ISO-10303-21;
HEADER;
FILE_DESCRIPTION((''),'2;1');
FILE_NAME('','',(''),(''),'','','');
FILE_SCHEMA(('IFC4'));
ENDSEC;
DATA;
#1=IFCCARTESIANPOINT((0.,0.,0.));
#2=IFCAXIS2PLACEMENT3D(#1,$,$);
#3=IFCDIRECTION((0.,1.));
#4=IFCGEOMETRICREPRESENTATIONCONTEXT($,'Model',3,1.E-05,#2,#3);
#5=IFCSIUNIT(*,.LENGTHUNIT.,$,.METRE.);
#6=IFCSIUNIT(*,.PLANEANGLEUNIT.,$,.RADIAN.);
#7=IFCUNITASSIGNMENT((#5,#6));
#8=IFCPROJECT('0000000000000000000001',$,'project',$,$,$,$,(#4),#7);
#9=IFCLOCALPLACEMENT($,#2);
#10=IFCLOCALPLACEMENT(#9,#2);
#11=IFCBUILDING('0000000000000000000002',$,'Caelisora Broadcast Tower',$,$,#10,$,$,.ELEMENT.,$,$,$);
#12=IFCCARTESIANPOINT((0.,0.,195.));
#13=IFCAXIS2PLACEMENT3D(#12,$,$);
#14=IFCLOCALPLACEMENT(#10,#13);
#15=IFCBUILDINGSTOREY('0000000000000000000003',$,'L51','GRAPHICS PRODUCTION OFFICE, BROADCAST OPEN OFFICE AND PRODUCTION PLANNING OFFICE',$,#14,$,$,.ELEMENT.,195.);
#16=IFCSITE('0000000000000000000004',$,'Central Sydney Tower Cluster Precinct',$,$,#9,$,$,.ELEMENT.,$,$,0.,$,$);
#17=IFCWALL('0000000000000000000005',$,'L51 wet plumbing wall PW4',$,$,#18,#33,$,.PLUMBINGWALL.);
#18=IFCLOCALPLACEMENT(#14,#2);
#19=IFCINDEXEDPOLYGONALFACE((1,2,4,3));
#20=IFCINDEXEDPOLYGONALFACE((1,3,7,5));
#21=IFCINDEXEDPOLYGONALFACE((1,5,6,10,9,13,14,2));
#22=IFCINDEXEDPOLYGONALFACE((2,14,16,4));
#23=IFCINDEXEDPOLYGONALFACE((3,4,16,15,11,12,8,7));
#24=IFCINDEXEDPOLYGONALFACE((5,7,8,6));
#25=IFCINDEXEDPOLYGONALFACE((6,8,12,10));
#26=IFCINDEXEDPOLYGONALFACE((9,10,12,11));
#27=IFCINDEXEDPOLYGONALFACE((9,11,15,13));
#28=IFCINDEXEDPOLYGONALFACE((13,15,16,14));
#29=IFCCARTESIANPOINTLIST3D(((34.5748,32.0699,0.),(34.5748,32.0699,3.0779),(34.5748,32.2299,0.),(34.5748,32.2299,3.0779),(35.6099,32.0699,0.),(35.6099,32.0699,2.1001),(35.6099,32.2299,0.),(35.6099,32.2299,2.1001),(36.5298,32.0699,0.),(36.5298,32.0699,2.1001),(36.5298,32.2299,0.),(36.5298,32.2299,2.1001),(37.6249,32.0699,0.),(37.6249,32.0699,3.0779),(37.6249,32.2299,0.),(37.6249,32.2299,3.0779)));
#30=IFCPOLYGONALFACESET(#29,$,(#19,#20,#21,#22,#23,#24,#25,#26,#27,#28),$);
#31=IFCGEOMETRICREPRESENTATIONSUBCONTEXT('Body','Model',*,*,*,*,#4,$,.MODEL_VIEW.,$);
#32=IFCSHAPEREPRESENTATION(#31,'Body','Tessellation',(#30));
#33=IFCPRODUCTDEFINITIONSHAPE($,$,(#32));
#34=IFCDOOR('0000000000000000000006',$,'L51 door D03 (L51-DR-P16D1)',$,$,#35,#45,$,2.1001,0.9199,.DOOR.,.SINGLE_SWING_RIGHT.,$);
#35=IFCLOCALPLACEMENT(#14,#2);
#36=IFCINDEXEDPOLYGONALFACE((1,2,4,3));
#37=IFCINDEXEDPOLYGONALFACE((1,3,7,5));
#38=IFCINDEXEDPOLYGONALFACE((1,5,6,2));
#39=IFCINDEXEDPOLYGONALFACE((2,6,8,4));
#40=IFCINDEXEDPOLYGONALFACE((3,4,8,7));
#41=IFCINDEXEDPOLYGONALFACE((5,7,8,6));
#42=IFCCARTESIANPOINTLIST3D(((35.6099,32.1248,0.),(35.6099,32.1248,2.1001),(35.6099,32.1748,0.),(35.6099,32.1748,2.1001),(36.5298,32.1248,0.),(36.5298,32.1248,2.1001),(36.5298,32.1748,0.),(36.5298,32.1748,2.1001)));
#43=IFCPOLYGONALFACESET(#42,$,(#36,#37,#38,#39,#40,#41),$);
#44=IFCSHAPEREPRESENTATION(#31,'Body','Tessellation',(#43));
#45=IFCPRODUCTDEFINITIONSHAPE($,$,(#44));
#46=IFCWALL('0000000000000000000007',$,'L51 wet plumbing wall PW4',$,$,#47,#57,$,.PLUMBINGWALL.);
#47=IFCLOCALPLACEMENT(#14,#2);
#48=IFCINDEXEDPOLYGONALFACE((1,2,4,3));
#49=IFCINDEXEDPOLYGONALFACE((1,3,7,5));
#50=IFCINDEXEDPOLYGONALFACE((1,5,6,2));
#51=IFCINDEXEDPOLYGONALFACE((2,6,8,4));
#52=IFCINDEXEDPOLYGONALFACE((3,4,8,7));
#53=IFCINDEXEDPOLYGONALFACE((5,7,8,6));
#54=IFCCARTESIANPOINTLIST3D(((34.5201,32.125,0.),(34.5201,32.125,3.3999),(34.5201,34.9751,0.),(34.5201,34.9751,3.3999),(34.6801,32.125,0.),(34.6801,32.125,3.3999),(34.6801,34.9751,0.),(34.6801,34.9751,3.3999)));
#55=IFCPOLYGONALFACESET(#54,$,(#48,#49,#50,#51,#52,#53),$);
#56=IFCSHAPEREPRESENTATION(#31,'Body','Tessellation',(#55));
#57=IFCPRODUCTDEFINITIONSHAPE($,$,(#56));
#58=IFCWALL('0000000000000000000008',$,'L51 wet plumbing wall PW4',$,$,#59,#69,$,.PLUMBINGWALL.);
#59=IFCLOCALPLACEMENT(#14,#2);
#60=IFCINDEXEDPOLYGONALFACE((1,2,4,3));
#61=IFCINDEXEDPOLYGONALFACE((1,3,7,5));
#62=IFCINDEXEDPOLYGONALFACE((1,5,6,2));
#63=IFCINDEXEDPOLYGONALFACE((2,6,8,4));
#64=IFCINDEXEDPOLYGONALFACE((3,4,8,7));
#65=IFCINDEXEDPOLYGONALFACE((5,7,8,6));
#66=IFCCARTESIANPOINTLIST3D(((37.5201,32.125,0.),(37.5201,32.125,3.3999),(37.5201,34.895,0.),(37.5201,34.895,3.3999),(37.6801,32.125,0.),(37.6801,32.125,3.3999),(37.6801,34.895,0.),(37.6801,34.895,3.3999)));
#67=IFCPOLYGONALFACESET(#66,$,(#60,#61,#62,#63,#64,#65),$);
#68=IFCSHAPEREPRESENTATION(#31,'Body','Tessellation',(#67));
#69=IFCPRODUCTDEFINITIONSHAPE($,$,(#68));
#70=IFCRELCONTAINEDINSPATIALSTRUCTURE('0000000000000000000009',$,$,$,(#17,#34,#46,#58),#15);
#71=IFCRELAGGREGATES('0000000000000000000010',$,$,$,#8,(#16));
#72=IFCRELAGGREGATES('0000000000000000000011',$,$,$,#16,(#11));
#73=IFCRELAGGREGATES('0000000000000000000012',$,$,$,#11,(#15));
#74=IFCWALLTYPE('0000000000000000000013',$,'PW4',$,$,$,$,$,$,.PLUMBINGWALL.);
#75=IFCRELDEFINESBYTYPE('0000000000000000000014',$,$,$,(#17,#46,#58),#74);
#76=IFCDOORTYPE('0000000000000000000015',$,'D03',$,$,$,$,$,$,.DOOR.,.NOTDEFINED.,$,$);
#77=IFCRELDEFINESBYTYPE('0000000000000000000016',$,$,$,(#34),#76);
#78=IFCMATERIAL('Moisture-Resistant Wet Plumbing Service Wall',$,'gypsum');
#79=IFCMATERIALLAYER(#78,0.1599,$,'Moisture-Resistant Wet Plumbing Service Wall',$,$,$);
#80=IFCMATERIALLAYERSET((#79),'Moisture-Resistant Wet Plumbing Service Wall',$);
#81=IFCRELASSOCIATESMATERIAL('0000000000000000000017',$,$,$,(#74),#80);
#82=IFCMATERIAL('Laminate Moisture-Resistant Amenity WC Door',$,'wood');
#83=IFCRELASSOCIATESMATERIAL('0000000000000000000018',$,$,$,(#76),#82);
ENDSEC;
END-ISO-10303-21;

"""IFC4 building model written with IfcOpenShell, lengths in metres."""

from ifc_helpers import new_model, si_unit, direction, frame, frame_2d, origin, place, context, subcontext, project, spatial, rectangle, extrude, material, layer, layer_set, type_object, element, fill, save


model = new_model("IFC4")

# Units and contexts
model_context = context("Model", 3, precision=1e-05, world=origin(), true_north=direction((0.0, 1.0)))
body_context = subcontext(model_context, "Body", "Model", "MODEL_VIEW")
ifc_project = project(units=[si_unit("LENGTHUNIT", "METRE"), si_unit("PLANEANGLEUNIT", "RADIAN")], contexts=[model_context])

# Site, building, storey
site_placement = place(None, origin())
site = spatial("IfcSite", under=ifc_project, at=site_placement, Name="Central Sydney Tower Cluster Precinct", CompositionType="ELEMENT", RefElevation=0.0)
building_placement = place(site_placement, origin())
building = spatial("IfcBuilding", under=site, at=building_placement, Name="Caelisora Broadcast Tower", CompositionType="ELEMENT")
storey_placement = place(building_placement, frame((0.0, 0.0, 195.0)))
storey = spatial("IfcBuildingStorey", under=building, at=storey_placement, Name="L51", Description="GRAPHICS PRODUCTION OFFICE, BROADCAST OPEN OFFICE AND PRODUCTION PLANNING OFFICE", CompositionType="ELEMENT", Elevation=195.0)

# Wall, opening, door
ifc_material_1 = material(Name="Moisture-Resistant Wet Plumbing Service Wall", Category="gypsum")
ifc_layer_1 = layer(ifc_material_1, 0.1599, Name="Moisture-Resistant Wet Plumbing Service Wall")
ifc_layer_set_1 = layer_set([ifc_layer_1], Name="Moisture-Resistant Wet Plumbing Service Wall")
wall_type_1 = type_object("IfcWallType", Name="PW4", PredefinedType="PLUMBINGWALL", material=ifc_layer_set_1)
wall_1_placement = place(storey_placement, frame((34.575, 32.1499, 0.0), z_axis=(0.0, 0.0, 1.0), x_axis=(1.0, 0.0, 0.0)))
wall_1 = element("IfcWall", 1, at=wall_1_placement, inside=storey, type_object=wall_type_1, Name="L51 wet plumbing wall PW4", PredefinedType="PLUMBINGWALL", context=body_context, shape_type="SweptSolid", body=[
    extrude(rectangle(XDim=3.05, YDim=0.1599, at=frame_2d((1.5249, 0.0))), origin(), (0.0, 0.0, 1.0), 3.0779),
])
opening_1_placement = place(wall_1_placement, frame((1.0349, 0.0, 0.0)))
opening_1 = element("IfcOpeningElement", 2, at=opening_1_placement, cuts=wall_1, PredefinedType="OPENING", context=body_context, shape_type="SweptSolid", body=[
    extrude(rectangle(XDim=0.9199, YDim=2.1001, at=frame_2d((0.46, 1.05))), frame((0.0, 0.092, 0.0), z_axis=(0.0, -1.0, 0.0), x_axis=(1.0, 0.0, 0.0)), (0.0, 0.0, 1.0), 0.1838),
])
ifc_material_2 = material(Name="Laminate Moisture-Resistant Amenity WC Door", Category="wood")
door_type_1 = type_object("IfcDoorType", Name="D03", OperationType="NOTDEFINED", PredefinedType="DOOR", material=ifc_material_2)
door_1_placement = place(opening_1_placement, origin())
door_1 = element("IfcDoor", 3, at=door_1_placement, inside=storey, type_object=door_type_1, Name="L51 door D03 (L51-DR-P16D1)", OperationType="SINGLE_SWING_RIGHT", OverallHeight=2.1001, OverallWidth=0.9199, PredefinedType="DOOR", context=body_context, shape_type="SweptSolid", body=[
    extrude(rectangle(XDim=0.9199, YDim=2.1001, at=frame_2d((0.46, 1.05))), frame((0.0, 0.0249, 0.0), z_axis=(0.0, -1.0, 0.0), x_axis=(1.0, 0.0, 0.0)), (0.0, 0.0, 1.0), 0.05),
])
fill(opening_1, door_1)

# Walls
wall_2_placement = place(storey_placement, frame((34.6001, 32.125, 0.0), z_axis=(0.0, 0.0, 1.0), x_axis=(0.0, 1.0, 0.0)))
element("IfcWall", 4, at=wall_2_placement, inside=storey, type_object=wall_type_1, Name="L51 wet plumbing wall PW4", PredefinedType="PLUMBINGWALL", context=body_context, shape_type="SweptSolid", body=[
    extrude(rectangle(XDim=2.8501, YDim=0.1599, at=frame_2d((1.425, 0.0))), origin(), (0.0, 0.0, 1.0), 3.3999),
])
wall_3_placement = place(storey_placement, frame((37.6001, 32.125, 0.0), z_axis=(0.0, 0.0, 1.0), x_axis=(0.0, 1.0, 0.0)))
element("IfcWall", 5, at=wall_3_placement, inside=storey, type_object=wall_type_1, Name="L51 wet plumbing wall PW4", PredefinedType="PLUMBINGWALL", context=body_context, shape_type="SweptSolid", body=[
    extrude(rectangle(XDim=2.77, YDim=0.1599, at=frame_2d((1.385, 0.0))), origin(), (0.0, 0.0, 1.0), 3.3999),
])

save(model, "model.ifc")
